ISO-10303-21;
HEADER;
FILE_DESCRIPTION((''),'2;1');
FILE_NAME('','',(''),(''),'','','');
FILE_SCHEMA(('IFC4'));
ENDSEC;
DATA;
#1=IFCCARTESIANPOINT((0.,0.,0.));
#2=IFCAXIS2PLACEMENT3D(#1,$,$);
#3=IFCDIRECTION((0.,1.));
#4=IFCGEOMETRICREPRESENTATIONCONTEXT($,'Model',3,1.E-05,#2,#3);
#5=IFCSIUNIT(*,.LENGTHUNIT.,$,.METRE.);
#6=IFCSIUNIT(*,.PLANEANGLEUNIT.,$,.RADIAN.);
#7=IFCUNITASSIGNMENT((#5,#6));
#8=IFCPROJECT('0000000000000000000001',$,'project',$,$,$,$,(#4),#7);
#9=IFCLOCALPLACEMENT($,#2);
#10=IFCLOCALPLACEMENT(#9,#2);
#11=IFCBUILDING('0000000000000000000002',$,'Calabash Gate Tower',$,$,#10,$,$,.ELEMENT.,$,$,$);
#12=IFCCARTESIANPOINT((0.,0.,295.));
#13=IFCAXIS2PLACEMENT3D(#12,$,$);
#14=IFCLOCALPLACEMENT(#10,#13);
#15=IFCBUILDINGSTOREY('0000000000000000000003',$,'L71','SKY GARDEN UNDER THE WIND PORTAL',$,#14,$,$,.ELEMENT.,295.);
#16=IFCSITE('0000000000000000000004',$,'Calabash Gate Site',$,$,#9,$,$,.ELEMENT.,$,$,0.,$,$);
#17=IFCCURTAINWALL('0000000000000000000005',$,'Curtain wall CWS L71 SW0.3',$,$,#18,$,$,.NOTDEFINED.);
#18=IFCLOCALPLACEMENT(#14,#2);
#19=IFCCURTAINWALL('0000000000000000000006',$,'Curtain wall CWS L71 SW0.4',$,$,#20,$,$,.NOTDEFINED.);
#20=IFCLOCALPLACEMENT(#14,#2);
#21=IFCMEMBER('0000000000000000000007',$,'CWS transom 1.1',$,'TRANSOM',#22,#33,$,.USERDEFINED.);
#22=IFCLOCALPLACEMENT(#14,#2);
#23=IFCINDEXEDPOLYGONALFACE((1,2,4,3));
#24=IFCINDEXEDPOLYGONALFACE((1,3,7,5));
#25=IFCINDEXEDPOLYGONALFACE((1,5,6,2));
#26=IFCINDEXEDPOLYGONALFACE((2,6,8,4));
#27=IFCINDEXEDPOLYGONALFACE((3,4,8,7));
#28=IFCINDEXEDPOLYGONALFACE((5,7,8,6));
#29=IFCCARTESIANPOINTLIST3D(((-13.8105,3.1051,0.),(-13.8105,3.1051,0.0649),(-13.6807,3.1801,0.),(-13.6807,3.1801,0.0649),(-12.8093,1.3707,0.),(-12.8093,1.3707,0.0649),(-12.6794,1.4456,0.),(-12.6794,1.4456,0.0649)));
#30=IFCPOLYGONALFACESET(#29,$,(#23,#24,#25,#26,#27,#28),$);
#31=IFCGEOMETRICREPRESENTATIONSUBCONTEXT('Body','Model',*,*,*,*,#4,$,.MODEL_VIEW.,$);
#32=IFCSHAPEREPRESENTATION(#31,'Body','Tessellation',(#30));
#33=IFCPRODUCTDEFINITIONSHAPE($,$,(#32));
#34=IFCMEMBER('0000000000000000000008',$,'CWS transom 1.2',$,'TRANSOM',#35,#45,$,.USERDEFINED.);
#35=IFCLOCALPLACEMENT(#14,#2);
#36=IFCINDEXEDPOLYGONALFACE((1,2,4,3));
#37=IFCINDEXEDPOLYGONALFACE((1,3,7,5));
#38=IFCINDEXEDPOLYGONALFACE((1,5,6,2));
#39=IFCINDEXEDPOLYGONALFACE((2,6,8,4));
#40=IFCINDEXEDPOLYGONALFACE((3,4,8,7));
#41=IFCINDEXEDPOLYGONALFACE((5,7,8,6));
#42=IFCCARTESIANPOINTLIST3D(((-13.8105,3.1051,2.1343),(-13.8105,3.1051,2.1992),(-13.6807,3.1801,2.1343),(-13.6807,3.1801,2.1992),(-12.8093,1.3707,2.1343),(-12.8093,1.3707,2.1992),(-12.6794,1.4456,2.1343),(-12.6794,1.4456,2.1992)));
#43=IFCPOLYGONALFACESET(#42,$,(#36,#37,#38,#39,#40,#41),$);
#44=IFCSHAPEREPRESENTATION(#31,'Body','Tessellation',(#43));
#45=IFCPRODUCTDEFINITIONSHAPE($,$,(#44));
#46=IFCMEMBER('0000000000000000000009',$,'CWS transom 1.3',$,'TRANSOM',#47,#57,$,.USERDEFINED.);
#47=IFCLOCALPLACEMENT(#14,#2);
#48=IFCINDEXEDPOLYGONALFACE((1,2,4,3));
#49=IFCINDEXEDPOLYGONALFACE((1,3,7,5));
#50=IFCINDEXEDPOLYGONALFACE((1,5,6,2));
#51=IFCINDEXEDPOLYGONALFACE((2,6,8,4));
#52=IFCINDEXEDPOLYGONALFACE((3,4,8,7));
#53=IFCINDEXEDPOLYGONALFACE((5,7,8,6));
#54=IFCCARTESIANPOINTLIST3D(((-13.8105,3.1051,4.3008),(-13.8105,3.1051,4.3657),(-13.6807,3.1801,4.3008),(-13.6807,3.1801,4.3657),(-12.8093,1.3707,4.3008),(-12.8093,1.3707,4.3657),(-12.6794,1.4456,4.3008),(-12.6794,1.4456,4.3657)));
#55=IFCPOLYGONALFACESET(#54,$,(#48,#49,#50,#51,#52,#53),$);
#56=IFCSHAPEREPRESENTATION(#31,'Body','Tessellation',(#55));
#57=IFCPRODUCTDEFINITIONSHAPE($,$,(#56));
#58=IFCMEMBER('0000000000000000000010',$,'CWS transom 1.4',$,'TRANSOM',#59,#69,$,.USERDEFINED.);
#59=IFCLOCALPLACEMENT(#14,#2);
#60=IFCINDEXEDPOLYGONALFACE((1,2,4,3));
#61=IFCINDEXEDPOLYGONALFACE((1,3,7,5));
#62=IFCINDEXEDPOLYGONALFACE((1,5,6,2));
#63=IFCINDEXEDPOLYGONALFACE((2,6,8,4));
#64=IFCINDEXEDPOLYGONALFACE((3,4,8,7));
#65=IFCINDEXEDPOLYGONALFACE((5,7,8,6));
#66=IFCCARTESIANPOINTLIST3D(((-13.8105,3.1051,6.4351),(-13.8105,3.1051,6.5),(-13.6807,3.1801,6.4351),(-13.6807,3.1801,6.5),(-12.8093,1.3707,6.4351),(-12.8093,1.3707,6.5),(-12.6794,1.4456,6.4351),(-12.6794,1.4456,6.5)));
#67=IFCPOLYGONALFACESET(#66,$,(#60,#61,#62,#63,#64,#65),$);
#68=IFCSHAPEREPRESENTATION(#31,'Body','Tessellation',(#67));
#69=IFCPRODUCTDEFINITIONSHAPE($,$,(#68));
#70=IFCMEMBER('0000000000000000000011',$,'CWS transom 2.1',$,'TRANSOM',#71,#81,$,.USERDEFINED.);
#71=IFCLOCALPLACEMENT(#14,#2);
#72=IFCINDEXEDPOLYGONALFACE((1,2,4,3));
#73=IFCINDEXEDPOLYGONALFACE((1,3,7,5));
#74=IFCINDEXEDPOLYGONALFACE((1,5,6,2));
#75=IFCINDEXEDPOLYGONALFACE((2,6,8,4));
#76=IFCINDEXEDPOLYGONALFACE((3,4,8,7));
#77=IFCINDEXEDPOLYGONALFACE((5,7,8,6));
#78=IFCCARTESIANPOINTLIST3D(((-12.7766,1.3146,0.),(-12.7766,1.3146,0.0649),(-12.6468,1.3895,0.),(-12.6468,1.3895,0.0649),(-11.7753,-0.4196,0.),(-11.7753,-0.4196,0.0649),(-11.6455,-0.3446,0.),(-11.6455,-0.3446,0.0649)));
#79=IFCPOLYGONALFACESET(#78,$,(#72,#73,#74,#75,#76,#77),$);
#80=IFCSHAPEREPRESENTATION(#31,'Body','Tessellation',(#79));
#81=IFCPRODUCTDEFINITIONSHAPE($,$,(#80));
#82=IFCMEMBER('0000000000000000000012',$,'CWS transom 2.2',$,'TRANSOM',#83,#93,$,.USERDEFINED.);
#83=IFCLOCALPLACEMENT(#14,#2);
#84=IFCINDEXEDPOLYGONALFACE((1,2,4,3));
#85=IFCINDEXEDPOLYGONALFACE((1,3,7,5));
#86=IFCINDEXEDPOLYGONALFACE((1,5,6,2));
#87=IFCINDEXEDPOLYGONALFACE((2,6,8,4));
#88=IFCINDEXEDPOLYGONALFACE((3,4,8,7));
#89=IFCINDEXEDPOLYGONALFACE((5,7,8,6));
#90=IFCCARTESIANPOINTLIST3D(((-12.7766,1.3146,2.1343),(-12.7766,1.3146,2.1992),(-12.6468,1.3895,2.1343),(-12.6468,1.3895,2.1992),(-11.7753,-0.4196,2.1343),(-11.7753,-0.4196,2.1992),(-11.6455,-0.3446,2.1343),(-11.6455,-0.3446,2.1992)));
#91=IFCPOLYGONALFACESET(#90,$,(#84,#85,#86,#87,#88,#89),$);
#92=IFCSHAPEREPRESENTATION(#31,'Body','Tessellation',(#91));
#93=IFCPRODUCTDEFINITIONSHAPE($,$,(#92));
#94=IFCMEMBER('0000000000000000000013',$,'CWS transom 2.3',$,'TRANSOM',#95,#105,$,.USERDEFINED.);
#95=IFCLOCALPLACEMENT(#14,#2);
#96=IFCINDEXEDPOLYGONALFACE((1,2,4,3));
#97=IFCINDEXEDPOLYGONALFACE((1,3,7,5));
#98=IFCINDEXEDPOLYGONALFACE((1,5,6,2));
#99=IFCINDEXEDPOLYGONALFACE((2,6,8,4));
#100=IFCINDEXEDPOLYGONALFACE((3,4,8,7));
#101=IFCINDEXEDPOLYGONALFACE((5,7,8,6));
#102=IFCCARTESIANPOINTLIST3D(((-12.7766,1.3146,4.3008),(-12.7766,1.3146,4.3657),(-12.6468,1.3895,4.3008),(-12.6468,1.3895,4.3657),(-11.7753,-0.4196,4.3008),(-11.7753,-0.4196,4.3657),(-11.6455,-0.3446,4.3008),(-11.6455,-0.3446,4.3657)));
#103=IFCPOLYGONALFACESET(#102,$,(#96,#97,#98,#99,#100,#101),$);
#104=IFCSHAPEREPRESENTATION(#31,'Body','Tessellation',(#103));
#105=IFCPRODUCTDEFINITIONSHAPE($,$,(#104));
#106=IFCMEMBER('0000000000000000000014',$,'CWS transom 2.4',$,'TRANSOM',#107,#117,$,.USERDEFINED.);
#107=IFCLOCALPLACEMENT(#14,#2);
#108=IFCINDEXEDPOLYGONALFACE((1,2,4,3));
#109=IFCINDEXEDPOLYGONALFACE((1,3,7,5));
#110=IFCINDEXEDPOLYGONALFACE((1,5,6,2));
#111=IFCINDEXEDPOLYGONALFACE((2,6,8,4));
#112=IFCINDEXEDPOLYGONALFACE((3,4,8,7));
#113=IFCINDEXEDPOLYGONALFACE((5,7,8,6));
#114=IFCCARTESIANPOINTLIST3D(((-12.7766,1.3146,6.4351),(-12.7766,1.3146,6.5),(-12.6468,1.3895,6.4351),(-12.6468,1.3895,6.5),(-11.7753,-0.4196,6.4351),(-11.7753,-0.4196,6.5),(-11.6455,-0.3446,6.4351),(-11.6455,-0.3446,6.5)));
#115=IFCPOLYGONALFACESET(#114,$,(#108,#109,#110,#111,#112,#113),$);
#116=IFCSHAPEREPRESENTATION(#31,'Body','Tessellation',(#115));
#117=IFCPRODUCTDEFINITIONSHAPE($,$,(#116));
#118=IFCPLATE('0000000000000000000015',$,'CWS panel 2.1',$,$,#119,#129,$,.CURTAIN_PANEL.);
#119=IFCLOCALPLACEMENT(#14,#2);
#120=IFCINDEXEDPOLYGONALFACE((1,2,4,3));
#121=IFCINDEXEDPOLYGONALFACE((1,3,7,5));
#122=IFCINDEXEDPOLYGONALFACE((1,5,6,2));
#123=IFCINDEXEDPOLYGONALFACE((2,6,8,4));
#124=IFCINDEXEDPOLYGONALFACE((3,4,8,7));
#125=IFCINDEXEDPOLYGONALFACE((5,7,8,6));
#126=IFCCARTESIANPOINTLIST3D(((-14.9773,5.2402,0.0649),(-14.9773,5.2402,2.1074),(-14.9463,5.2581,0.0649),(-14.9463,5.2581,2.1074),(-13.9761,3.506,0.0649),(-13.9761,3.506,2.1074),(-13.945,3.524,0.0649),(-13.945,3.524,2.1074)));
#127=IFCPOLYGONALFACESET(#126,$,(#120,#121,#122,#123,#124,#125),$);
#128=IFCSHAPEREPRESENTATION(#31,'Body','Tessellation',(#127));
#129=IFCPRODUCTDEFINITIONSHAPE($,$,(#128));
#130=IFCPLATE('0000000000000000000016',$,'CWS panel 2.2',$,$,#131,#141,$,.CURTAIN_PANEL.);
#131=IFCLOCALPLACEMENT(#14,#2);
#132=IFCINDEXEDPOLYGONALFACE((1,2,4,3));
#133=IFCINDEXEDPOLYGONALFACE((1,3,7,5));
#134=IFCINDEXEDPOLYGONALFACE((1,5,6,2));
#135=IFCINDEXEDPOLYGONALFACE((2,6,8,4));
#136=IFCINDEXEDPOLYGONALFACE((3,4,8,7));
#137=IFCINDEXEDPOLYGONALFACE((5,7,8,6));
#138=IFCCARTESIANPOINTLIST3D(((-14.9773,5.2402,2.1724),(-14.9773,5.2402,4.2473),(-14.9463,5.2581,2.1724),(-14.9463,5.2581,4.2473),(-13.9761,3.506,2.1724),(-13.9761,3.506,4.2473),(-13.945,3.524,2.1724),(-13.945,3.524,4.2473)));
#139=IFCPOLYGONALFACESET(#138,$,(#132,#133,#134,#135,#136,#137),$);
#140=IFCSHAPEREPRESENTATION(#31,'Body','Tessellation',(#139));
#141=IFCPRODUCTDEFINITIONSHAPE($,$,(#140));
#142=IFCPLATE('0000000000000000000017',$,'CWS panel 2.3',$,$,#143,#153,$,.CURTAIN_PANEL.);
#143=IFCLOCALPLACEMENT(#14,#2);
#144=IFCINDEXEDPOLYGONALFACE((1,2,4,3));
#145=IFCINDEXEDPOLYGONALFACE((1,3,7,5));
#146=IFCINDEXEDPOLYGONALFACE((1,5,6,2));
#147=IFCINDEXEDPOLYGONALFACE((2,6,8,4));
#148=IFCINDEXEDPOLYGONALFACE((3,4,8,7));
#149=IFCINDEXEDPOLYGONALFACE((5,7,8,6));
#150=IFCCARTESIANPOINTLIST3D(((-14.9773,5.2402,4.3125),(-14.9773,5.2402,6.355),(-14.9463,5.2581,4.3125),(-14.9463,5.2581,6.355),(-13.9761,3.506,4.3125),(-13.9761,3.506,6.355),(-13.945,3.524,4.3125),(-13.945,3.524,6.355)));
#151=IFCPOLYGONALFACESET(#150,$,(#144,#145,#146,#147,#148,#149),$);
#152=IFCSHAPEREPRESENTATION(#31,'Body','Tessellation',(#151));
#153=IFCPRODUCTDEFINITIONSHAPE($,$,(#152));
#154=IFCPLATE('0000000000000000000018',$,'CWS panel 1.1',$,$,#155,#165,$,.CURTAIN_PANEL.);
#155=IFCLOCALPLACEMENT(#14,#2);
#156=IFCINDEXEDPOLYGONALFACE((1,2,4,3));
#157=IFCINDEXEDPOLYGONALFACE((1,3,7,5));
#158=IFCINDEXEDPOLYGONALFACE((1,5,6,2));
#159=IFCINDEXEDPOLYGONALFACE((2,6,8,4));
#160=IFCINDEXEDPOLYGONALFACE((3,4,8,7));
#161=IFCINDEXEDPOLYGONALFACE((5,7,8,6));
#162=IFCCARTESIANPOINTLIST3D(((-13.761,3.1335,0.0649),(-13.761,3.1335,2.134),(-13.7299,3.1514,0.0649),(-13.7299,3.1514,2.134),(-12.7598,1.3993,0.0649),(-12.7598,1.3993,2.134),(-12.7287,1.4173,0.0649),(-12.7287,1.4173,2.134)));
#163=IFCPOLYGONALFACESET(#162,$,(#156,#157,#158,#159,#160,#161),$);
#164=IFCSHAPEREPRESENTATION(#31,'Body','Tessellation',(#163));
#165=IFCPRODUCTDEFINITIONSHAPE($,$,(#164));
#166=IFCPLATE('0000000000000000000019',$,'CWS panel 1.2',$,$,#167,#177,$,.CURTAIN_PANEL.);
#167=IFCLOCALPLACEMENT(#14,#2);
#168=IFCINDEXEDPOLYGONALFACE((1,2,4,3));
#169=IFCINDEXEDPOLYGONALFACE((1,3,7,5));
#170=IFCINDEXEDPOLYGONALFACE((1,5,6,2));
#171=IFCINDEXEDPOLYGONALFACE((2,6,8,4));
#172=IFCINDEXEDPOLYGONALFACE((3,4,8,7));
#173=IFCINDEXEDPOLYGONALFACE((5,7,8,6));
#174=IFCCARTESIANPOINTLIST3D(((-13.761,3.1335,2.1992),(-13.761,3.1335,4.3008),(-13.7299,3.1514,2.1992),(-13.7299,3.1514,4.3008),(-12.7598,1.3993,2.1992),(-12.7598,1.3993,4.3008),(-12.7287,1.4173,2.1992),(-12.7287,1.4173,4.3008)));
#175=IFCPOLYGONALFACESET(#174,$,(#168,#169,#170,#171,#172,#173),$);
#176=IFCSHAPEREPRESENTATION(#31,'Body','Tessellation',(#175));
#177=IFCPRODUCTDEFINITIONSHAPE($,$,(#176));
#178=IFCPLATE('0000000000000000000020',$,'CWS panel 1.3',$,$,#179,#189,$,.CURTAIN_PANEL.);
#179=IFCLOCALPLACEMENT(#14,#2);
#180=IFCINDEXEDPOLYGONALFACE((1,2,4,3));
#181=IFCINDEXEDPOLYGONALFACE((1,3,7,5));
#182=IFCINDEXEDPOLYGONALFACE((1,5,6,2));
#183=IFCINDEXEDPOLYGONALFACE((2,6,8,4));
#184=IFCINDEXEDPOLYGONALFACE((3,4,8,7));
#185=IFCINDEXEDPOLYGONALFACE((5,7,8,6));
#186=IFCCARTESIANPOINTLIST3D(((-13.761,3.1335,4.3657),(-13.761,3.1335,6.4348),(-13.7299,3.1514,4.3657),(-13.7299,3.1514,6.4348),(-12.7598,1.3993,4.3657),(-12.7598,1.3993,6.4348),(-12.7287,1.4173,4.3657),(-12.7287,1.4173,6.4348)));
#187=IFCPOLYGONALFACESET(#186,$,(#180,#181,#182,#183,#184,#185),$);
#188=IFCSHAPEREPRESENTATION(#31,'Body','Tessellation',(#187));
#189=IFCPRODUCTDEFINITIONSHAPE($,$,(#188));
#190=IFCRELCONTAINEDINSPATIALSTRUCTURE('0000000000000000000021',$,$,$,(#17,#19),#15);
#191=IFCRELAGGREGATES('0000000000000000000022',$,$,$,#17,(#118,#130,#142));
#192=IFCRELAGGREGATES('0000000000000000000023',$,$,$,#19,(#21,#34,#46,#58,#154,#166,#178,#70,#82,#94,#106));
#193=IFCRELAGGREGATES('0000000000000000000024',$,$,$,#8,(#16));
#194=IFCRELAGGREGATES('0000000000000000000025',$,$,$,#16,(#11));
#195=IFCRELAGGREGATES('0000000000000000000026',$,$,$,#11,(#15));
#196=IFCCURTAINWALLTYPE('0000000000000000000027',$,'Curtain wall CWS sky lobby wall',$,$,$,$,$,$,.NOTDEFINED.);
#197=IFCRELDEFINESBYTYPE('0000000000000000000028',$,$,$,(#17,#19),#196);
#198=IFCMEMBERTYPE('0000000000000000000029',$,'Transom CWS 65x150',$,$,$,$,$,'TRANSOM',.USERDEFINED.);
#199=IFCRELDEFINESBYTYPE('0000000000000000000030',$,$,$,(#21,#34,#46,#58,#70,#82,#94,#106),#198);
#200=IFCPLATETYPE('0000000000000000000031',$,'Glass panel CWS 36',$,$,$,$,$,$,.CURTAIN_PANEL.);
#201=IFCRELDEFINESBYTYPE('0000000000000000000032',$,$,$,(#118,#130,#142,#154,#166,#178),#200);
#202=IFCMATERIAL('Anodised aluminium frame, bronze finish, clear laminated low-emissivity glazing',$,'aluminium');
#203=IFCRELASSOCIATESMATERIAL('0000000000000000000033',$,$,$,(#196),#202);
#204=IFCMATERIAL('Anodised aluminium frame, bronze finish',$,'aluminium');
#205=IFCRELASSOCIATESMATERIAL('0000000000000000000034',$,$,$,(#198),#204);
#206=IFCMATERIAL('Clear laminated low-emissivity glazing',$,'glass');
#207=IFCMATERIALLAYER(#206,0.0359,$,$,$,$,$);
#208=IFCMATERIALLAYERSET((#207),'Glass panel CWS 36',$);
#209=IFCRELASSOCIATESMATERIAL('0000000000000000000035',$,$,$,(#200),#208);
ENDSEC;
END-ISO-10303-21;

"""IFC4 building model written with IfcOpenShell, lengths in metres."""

from ifc_helpers import new_model, si_unit, direction, frame, origin, origin_2d, place, context, subcontext, project, spatial, rectangle, extrude, material, layer, layer_set, material_profile, profile_set, type_object, element, aggregate, save


model = new_model("IFC4")

# Units and contexts
model_context = context("Model", 3, precision=1e-05, world=origin(), true_north=direction((0.0, 1.0)))
body_context = subcontext(model_context, "Body", "Model", "MODEL_VIEW")
ifc_project = project(units=[si_unit("LENGTHUNIT", "METRE"), si_unit("PLANEANGLEUNIT", "RADIAN")], contexts=[model_context])

# Site, building, storey
site_placement = place(None, origin())
site = spatial("IfcSite", under=ifc_project, at=site_placement, Name="Calabash Gate Site", CompositionType="ELEMENT", RefElevation=0.0)
building_placement = place(site_placement, origin())
building = spatial("IfcBuilding", under=site, at=building_placement, Name="Calabash Gate Tower", CompositionType="ELEMENT")
storey_placement = place(building_placement, frame((0.0, 0.0, 295.0)))
storey = spatial("IfcBuildingStorey", under=building, at=storey_placement, Name="L71", Description="SKY GARDEN UNDER THE WIND PORTAL", CompositionType="ELEMENT", Elevation=295.0)

# Curtain wall
ifc_material_1 = material(Name="Anodised aluminium frame, bronze finish, clear laminated low-emissivity glazing", Category="aluminium")
curtain_wall_type = type_object("IfcCurtainWallType", Name="Curtain wall CWS sky lobby wall", PredefinedType="NOTDEFINED", material=ifc_material_1)
curtain_wall_1_placement = place(storey_placement, origin())
curtain_wall_1 = element("IfcCurtainWall", 1, at=curtain_wall_1_placement, inside=storey, type_object=curtain_wall_type, Name="Curtain wall CWS L71 SW0.3", PredefinedType="NOTDEFINED")

# Curtain wall
curtain_wall_2_placement = place(storey_placement, origin())
curtain_wall_2 = element("IfcCurtainWall", 2, at=curtain_wall_2_placement, inside=storey, type_object=curtain_wall_type, Name="Curtain wall CWS L71 SW0.4", PredefinedType="NOTDEFINED")

# Members
ifc_material_2 = material(Name="Anodised aluminium frame, bronze finish", Category="aluminium")
ifc_material_profile_1 = material_profile(ifc_material_2, rectangle(XDim=0.1499, YDim=0.0649, at=origin_2d()))
ifc_profile_set_1 = profile_set([ifc_material_profile_1], Name="Anodised aluminium frame, bronze finish")
member_type_1 = type_object("IfcMemberType", Name="Transom CWS 65x150", ElementType="TRANSOM", PredefinedType="USERDEFINED", material=ifc_profile_set_1)
member_1_placement = place(storey_placement, frame((-13.7456, 3.1426, 0.0325), z_axis=(0.499955, -0.866052, 0.0), x_axis=(0.866052, 0.499955, 0.0)))
member_1 = element("IfcMember", 3, at=member_1_placement, type_object=member_type_1, Name="CWS transom 1.1", ObjectType="TRANSOM", PredefinedType="USERDEFINED", context=body_context, shape_type="SweptSolid", body=[
    extrude(rectangle(XDim=0.1499, YDim=0.0649, at=origin_2d()), origin(), (0.0, 0.0, 1.0), 2.0027),
])
member_2_placement = place(storey_placement, frame((-13.7456, 3.1426, 2.1667), z_axis=(0.499955, -0.866052, 0.0), x_axis=(0.866052, 0.499955, 0.0)))
member_2 = element("IfcMember", 4, at=member_2_placement, type_object=member_type_1, Name="CWS transom 1.2", ObjectType="TRANSOM", PredefinedType="USERDEFINED", context=body_context, shape_type="SweptSolid", body=[
    extrude(rectangle(XDim=0.1499, YDim=0.0649, at=origin_2d()), origin(), (0.0, 0.0, 1.0), 2.0027),
])
member_3_placement = place(storey_placement, frame((-13.7456, 3.1426, 4.3333), z_axis=(0.499955, -0.866052, 0.0), x_axis=(0.866052, 0.499955, 0.0)))
member_3 = element("IfcMember", 5, at=member_3_placement, type_object=member_type_1, Name="CWS transom 1.3", ObjectType="TRANSOM", PredefinedType="USERDEFINED", context=body_context, shape_type="SweptSolid", body=[
    extrude(rectangle(XDim=0.1499, YDim=0.0649, at=origin_2d()), origin(), (0.0, 0.0, 1.0), 2.0027),
])
member_4_placement = place(storey_placement, frame((-13.7456, 3.1426, 6.4675), z_axis=(0.499955, -0.866052, 0.0), x_axis=(0.866052, 0.499955, 0.0)))
member_4 = element("IfcMember", 6, at=member_4_placement, type_object=member_type_1, Name="CWS transom 1.4", ObjectType="TRANSOM", PredefinedType="USERDEFINED", context=body_context, shape_type="SweptSolid", body=[
    extrude(rectangle(XDim=0.1499, YDim=0.0649, at=origin_2d()), origin(), (0.0, 0.0, 1.0), 2.0027),
])
member_5_placement = place(storey_placement, frame((-12.7117, 1.3521, 0.0325), z_axis=(0.500007, -0.866021, 0.0), x_axis=(0.866021, 0.500007, 0.0)))
member_5 = element("IfcMember", 7, at=member_5_placement, type_object=member_type_1, Name="CWS transom 2.1", ObjectType="TRANSOM", PredefinedType="USERDEFINED", context=body_context, shape_type="SweptSolid", body=[
    extrude(rectangle(XDim=0.1499, YDim=0.0649, at=origin_2d()), origin(), (0.0, 0.0, 1.0), 2.0024),
])
member_6_placement = place(storey_placement, frame((-12.7117, 1.3521, 2.1667), z_axis=(0.500007, -0.866021, 0.0), x_axis=(0.866021, 0.500007, 0.0)))
member_6 = element("IfcMember", 8, at=member_6_placement, type_object=member_type_1, Name="CWS transom 2.2", ObjectType="TRANSOM", PredefinedType="USERDEFINED", context=body_context, shape_type="SweptSolid", body=[
    extrude(rectangle(XDim=0.1499, YDim=0.0649, at=origin_2d()), origin(), (0.0, 0.0, 1.0), 2.0024),
])
member_7_placement = place(storey_placement, frame((-12.7117, 1.3521, 4.3333), z_axis=(0.500007, -0.866021, 0.0), x_axis=(0.866021, 0.500007, 0.0)))
member_7 = element("IfcMember", 9, at=member_7_placement, type_object=member_type_1, Name="CWS transom 2.3", ObjectType="TRANSOM", PredefinedType="USERDEFINED", context=body_context, shape_type="SweptSolid", body=[
    extrude(rectangle(XDim=0.1499, YDim=0.0649, at=origin_2d()), origin(), (0.0, 0.0, 1.0), 2.0024),
])
member_8_placement = place(storey_placement, frame((-12.7117, 1.3521, 6.4675), z_axis=(0.500007, -0.866021, 0.0), x_axis=(0.866021, 0.500007, 0.0)))
member_8 = element("IfcMember", 10, at=member_8_placement, type_object=member_type_1, Name="CWS transom 2.4", ObjectType="TRANSOM", PredefinedType="USERDEFINED", context=body_context, shape_type="SweptSolid", body=[
    extrude(rectangle(XDim=0.1499, YDim=0.0649, at=origin_2d()), origin(), (0.0, 0.0, 1.0), 2.0024),
])

# Plates
ifc_material_3 = material(Name="Clear laminated low-emissivity glazing", Category="glass")
ifc_layer_1 = layer(ifc_material_3, 0.0359)
ifc_layer_set_1 = layer_set([ifc_layer_1], Name="Glass panel CWS 36")
plate_type = type_object("IfcPlateType", Name="Glass panel CWS 36", PredefinedType="CURTAIN_PANEL", material=ifc_layer_set_1)
plate_1_placement = place(storey_placement, frame((-14.4612, 4.3821, 0.0649), z_axis=(0.0, 0.0, 1.0), x_axis=(0.5, -0.866025, 0.0)))
plate_1 = element("IfcPlate", 11, at=plate_1_placement, type_object=plate_type, Name="CWS panel 2.1", PredefinedType="CURTAIN_PANEL", context=body_context, shape_type="SweptSolid", body=[
    extrude(rectangle(XDim=2.0024, YDim=0.0359, at=origin_2d()), origin(), (0.0, 0.0, 1.0), 2.0425),
])
plate_2_placement = place(storey_placement, frame((-14.4612, 4.3821, 2.1724), z_axis=(0.0, 0.0, 1.0), x_axis=(0.5, -0.866025, 0.0)))
plate_2 = element("IfcPlate", 12, at=plate_2_placement, type_object=plate_type, Name="CWS panel 2.2", PredefinedType="CURTAIN_PANEL", context=body_context, shape_type="SweptSolid", body=[
    extrude(rectangle(XDim=2.0024, YDim=0.0359, at=origin_2d()), origin(), (0.0, 0.0, 1.0), 2.075),
])
plate_3_placement = place(storey_placement, frame((-14.4612, 4.3821, 4.3125), z_axis=(0.0, 0.0, 1.0), x_axis=(0.5, -0.866025, 0.0)))
plate_3 = element("IfcPlate", 13, at=plate_3_placement, type_object=plate_type, Name="CWS panel 2.3", PredefinedType="CURTAIN_PANEL", context=body_context, shape_type="SweptSolid", body=[
    extrude(rectangle(XDim=2.0024, YDim=0.0359, at=origin_2d()), origin(), (0.0, 0.0, 1.0), 2.0425),
])
aggregate(curtain_wall_1, [plate_1, plate_2, plate_3])
plate_4_placement = place(storey_placement, frame((-13.2449, 2.2754, 0.0649), z_axis=(0.0, 0.0, 1.0), x_axis=(0.5, -0.866025, 0.0)))
plate_4 = element("IfcPlate", 14, at=plate_4_placement, type_object=plate_type, Name="CWS panel 1.1", PredefinedType="CURTAIN_PANEL", context=body_context, shape_type="SweptSolid", body=[
    extrude(rectangle(XDim=2.0024, YDim=0.0359, at=origin_2d()), origin(), (0.0, 0.0, 1.0), 2.0691),
])
plate_5_placement = place(storey_placement, frame((-13.2449, 2.2754, 2.1992), z_axis=(0.0, 0.0, 1.0), x_axis=(0.5, -0.866025, 0.0)))
plate_5 = element("IfcPlate", 15, at=plate_5_placement, type_object=plate_type, Name="CWS panel 1.2", PredefinedType="CURTAIN_PANEL", context=body_context, shape_type="SweptSolid", body=[
    extrude(rectangle(XDim=2.0024, YDim=0.0359, at=origin_2d()), origin(), (0.0, 0.0, 1.0), 2.1016),
])
plate_6_placement = place(storey_placement, frame((-13.2449, 2.2754, 4.3657), z_axis=(0.0, 0.0, 1.0), x_axis=(0.5, -0.866025, 0.0)))
plate_6 = element("IfcPlate", 16, at=plate_6_placement, type_object=plate_type, Name="CWS panel 1.3", PredefinedType="CURTAIN_PANEL", context=body_context, shape_type="SweptSolid", body=[
    extrude(rectangle(XDim=2.0024, YDim=0.0359, at=origin_2d()), origin(), (0.0, 0.0, 1.0), 2.0691),
])
aggregate(curtain_wall_2, [member_1, member_2, member_3, member_4, plate_4, plate_5, plate_6, member_5, member_6, member_7, member_8])

save(model, "model.ifc")
